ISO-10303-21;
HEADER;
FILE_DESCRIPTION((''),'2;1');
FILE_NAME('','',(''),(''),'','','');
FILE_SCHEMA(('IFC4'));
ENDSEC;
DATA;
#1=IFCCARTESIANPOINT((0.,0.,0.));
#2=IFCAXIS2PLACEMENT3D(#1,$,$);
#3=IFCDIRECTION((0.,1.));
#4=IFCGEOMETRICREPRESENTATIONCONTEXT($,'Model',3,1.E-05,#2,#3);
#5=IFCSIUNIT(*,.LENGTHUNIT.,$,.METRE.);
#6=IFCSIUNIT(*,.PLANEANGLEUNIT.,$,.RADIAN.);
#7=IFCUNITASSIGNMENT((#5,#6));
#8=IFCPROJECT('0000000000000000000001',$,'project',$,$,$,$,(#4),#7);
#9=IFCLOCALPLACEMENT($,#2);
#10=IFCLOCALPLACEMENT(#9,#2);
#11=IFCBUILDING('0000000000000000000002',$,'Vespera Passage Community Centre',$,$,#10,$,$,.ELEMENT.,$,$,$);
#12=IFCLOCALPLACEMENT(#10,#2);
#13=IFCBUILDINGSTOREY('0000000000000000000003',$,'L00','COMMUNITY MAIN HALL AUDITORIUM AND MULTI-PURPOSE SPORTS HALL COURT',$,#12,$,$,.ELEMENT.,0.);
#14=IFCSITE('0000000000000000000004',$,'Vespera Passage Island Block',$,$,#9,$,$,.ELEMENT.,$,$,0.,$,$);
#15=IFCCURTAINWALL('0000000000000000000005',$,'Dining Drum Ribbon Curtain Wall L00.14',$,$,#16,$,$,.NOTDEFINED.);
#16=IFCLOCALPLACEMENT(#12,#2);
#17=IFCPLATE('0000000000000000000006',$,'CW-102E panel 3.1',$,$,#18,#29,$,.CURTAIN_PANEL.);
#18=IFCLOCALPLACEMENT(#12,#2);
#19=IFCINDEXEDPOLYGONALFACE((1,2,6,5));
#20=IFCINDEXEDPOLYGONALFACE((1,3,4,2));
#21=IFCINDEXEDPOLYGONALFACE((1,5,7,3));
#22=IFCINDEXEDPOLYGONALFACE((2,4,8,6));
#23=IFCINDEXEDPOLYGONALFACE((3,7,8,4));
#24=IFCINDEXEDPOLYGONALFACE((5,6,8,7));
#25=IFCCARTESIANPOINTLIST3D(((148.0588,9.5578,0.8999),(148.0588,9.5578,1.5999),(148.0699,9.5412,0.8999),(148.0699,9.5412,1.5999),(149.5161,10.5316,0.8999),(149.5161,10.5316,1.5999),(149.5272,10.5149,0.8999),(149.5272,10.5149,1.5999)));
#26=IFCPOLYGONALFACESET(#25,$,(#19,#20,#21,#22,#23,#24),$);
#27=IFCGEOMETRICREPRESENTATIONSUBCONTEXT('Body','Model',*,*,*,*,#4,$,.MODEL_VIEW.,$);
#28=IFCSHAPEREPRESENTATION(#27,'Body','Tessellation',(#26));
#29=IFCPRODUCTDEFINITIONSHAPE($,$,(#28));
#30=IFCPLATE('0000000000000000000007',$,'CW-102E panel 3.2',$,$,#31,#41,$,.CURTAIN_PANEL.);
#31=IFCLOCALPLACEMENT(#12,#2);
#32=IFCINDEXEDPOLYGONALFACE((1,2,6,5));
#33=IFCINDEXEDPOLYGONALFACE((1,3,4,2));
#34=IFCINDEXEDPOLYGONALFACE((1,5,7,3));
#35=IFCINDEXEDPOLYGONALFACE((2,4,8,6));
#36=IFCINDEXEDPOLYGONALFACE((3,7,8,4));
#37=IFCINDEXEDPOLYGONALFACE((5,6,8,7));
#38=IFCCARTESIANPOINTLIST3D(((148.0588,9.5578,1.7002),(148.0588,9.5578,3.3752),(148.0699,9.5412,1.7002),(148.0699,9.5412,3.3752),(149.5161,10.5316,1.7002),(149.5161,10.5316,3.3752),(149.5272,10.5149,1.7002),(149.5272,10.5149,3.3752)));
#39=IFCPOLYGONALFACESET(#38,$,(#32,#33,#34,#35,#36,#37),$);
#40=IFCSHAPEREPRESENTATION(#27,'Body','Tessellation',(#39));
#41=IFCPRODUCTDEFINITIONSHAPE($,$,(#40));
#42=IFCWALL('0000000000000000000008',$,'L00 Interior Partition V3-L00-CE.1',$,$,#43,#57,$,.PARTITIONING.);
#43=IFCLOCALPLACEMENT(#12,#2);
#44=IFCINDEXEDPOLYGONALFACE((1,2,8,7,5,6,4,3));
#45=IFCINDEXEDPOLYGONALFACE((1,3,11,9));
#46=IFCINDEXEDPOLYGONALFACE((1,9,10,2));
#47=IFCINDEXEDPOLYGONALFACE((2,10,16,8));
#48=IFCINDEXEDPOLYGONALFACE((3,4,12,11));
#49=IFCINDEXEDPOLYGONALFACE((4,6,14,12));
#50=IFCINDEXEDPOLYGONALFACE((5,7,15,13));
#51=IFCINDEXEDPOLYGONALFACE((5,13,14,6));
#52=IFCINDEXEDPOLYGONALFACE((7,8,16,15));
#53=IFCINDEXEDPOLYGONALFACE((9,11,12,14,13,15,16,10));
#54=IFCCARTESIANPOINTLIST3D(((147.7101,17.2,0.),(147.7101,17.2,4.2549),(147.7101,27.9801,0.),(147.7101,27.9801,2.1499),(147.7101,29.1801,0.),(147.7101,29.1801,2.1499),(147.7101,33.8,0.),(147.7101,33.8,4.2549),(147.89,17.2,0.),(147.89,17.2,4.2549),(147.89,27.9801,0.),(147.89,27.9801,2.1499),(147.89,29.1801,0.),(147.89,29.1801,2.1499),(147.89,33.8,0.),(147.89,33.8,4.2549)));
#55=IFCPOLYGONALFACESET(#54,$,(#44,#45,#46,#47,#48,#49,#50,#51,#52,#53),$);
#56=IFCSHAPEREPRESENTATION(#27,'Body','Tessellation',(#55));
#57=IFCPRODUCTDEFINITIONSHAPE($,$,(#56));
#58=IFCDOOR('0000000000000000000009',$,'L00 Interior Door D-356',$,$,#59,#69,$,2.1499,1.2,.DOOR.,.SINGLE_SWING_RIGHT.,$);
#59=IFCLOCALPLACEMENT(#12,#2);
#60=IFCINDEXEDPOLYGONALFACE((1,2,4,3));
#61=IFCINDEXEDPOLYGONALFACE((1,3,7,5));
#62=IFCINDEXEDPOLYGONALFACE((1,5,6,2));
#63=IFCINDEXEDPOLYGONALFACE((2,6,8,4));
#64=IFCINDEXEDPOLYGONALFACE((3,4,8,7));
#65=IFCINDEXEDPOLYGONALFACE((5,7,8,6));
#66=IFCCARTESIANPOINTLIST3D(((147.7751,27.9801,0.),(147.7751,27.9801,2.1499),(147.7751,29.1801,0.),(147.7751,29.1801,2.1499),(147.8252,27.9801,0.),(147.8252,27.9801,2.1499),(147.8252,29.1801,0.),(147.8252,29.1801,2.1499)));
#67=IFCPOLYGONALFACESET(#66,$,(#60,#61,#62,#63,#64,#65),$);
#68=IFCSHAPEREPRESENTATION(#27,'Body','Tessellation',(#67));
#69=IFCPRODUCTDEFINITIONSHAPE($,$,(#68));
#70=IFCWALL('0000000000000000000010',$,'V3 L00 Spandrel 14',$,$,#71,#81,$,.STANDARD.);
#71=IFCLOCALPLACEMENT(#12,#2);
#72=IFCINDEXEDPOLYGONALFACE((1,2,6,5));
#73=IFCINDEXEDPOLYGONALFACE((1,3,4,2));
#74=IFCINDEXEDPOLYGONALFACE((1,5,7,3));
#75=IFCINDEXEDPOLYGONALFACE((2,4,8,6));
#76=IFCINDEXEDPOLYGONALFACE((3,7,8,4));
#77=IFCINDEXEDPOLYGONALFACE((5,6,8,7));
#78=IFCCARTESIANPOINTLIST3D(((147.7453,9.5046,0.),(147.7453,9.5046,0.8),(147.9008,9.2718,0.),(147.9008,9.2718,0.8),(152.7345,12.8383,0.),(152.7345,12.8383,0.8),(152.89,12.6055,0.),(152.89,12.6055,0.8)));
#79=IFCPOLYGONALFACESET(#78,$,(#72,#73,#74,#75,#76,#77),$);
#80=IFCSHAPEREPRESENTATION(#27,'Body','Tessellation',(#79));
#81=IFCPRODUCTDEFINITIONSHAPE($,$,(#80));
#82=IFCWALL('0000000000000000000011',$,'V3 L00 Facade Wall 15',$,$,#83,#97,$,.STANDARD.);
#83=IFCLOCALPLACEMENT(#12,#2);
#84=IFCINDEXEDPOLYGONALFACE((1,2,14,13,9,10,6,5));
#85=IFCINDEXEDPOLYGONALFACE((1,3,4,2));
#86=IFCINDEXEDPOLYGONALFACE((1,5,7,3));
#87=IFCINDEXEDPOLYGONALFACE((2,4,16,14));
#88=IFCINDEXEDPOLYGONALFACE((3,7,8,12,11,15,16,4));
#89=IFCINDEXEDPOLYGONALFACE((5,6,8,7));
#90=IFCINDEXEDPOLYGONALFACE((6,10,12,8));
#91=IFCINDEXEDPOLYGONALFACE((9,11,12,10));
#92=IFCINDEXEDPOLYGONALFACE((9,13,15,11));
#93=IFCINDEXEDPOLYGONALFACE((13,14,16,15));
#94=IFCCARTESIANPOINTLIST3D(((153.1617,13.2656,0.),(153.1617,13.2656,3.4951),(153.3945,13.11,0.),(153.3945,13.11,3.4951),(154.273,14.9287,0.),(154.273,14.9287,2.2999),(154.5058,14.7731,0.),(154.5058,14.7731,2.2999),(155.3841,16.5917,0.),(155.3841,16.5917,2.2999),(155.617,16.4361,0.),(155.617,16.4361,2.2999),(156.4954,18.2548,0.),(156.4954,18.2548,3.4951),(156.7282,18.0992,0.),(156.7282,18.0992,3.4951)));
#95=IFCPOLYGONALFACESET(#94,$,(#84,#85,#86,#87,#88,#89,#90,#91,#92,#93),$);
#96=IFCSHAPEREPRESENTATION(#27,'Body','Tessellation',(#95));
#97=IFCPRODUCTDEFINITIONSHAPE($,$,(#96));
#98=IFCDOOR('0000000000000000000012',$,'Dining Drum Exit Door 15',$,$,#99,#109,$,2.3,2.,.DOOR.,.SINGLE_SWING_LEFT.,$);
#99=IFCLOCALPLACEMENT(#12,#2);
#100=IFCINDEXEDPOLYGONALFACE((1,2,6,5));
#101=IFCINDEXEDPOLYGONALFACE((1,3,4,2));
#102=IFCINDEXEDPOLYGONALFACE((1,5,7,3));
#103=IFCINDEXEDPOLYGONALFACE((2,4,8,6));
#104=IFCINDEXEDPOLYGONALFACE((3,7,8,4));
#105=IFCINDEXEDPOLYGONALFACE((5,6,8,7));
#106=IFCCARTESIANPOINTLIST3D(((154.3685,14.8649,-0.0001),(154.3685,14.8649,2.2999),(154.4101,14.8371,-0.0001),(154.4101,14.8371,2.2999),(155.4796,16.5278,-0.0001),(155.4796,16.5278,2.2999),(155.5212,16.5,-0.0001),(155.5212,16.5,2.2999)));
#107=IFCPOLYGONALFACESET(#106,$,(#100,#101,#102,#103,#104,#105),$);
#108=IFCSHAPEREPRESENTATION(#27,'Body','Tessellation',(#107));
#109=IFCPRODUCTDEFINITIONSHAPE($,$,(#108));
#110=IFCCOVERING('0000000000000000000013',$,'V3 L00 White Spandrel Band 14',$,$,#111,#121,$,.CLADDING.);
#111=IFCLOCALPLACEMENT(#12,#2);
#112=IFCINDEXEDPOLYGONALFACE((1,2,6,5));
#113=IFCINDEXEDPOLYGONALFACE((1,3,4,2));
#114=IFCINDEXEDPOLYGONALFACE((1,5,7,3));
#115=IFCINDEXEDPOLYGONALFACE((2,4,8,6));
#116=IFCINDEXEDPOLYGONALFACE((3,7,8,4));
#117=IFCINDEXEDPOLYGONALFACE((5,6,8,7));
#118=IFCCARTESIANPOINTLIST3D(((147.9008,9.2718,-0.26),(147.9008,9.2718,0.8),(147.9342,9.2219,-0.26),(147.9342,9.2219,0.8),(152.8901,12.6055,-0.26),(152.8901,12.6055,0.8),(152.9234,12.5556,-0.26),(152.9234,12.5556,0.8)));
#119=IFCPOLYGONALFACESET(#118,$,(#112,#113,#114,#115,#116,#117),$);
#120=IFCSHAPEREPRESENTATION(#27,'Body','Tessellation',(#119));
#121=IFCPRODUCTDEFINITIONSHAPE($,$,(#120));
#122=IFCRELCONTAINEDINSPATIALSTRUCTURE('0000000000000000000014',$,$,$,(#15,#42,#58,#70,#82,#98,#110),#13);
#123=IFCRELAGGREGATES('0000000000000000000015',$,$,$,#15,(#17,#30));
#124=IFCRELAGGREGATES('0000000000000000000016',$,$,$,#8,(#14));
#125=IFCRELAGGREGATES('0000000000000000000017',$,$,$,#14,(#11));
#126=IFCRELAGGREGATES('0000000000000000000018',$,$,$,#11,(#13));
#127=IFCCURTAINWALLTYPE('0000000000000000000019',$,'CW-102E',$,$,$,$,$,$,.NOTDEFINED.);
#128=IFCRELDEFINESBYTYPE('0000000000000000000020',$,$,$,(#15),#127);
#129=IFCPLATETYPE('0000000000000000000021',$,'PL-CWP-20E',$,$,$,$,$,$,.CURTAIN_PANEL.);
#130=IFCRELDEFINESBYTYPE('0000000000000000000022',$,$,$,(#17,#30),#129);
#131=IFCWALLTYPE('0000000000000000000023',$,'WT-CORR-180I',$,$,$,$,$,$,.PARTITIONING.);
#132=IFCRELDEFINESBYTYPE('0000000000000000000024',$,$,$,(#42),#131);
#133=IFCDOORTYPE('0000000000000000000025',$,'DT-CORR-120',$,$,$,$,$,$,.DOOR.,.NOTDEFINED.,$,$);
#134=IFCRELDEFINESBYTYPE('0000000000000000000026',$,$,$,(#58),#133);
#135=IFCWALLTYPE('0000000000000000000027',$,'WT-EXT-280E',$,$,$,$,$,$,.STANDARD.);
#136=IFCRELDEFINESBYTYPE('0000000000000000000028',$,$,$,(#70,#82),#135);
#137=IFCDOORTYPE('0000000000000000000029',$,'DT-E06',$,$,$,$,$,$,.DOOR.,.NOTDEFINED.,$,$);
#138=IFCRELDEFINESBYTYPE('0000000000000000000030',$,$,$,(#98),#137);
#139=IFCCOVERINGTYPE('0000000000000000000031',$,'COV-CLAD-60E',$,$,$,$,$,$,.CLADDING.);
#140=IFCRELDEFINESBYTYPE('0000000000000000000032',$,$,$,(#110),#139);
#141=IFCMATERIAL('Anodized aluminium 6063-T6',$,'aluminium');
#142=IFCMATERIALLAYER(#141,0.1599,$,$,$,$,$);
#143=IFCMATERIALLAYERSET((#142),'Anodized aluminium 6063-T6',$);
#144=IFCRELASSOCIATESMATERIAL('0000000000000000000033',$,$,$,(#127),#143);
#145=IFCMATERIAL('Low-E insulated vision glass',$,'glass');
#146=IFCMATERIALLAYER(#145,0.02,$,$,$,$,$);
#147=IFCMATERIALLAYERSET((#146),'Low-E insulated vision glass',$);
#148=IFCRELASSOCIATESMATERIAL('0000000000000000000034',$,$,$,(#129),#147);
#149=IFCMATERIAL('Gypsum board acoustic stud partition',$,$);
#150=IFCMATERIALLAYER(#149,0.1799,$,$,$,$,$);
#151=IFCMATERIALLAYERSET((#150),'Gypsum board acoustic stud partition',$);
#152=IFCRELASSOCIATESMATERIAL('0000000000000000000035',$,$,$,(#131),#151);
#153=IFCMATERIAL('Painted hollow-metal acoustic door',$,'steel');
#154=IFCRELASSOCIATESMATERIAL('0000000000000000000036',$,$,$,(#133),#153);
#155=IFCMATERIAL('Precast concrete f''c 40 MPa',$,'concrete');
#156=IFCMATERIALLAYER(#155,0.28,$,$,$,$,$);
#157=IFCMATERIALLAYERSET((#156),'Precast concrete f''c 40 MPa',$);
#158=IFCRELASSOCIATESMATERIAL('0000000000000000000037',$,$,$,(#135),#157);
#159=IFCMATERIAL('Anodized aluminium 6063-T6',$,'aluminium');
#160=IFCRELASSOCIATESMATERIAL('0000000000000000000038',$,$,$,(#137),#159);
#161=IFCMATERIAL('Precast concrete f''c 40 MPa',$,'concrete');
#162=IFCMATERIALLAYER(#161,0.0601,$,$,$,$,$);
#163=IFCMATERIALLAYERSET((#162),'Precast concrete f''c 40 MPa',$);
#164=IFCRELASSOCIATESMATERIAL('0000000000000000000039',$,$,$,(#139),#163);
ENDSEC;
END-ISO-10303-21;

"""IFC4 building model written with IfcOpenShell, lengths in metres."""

from ifc_helpers import new_model, si_unit, direction, frame, frame_2d, origin, origin_2d, place, context, subcontext, project, spatial, rectangle, extrude, material, layer, layer_set, type_object, element, fill, aggregate, save


model = new_model("IFC4")

# Units and contexts
model_context = context("Model", 3, precision=1e-05, world=origin(), true_north=direction((0.0, 1.0)))
body_context = subcontext(model_context, "Body", "Model", "MODEL_VIEW")
ifc_project = project(units=[si_unit("LENGTHUNIT", "METRE"), si_unit("PLANEANGLEUNIT", "RADIAN")], contexts=[model_context])

# Site, building, storey
site_placement = place(None, origin())
site = spatial("IfcSite", under=ifc_project, at=site_placement, Name="Vespera Passage Island Block", CompositionType="ELEMENT", RefElevation=0.0)
building_placement = place(site_placement, origin())
building = spatial("IfcBuilding", under=site, at=building_placement, Name="Vespera Passage Community Centre", CompositionType="ELEMENT")
storey_placement = place(building_placement, origin())
storey = spatial("IfcBuildingStorey", under=building, at=storey_placement, Name="L00", Description="COMMUNITY MAIN HALL AUDITORIUM AND MULTI-PURPOSE SPORTS HALL COURT", CompositionType="ELEMENT", Elevation=0.0)

# Curtain wall, plates
ifc_material_1 = material(Name="Anodized aluminium 6063-T6", Category="aluminium")
ifc_layer_1 = layer(ifc_material_1, 0.1599)
ifc_layer_set_1 = layer_set([ifc_layer_1], Name="Anodized aluminium 6063-T6")
curtain_wall_type = type_object("IfcCurtainWallType", Name="CW-102E", PredefinedType="NOTDEFINED", material=ifc_layer_set_1)
curtain_wall_placement = place(storey_placement, origin())
curtain_wall = element("IfcCurtainWall", 1, at=curtain_wall_placement, inside=storey, type_object=curtain_wall_type, Name="Dining Drum Ribbon Curtain Wall L00.14", PredefinedType="NOTDEFINED")
ifc_material_2 = material(Name="Low-E insulated vision glass", Category="glass")
ifc_layer_2 = layer(ifc_material_2, 0.02)
ifc_layer_set_2 = layer_set([ifc_layer_2], Name="Low-E insulated vision glass")
plate_type = type_object("IfcPlateType", Name="PL-CWP-20E", PredefinedType="CURTAIN_PANEL", material=ifc_layer_set_2)
plate_1_placement = place(storey_placement, frame((148.793, 10.0364, 0.8999), z_axis=(0.0, 0.0, 1.0), x_axis=(-0.831473, -0.555565, 0.0)))
plate_1 = element("IfcPlate", 2, at=plate_1_placement, type_object=plate_type, Name="CW-102E panel 3.1", PredefinedType="CURTAIN_PANEL", context=body_context, shape_type="SweptSolid", body=[
    extrude(rectangle(XDim=1.7527, YDim=0.02, at=origin_2d()), origin(), (0.0, 0.0, 1.0), 0.7),
])
plate_2_placement = place(storey_placement, frame((148.793, 10.0364, 1.7002), z_axis=(0.0, 0.0, 1.0), x_axis=(-0.831473, -0.555565, 0.0)))
plate_2 = element("IfcPlate", 3, at=plate_2_placement, type_object=plate_type, Name="CW-102E panel 3.2", PredefinedType="CURTAIN_PANEL", context=body_context, shape_type="SweptSolid", body=[
    extrude(rectangle(XDim=1.7527, YDim=0.02, at=origin_2d()), origin(), (0.0, 0.0, 1.0), 1.675),
])
aggregate(curtain_wall, [plate_1, plate_2])

# Wall, opening, door
ifc_material_3 = material(Name="Gypsum board acoustic stud partition")
ifc_layer_3 = layer(ifc_material_3, 0.1799)
ifc_layer_set_3 = layer_set([ifc_layer_3], Name="Gypsum board acoustic stud partition")
wall_type_1 = type_object("IfcWallType", Name="WT-CORR-180I", PredefinedType="PARTITIONING", material=ifc_layer_set_3)
wall_1_placement = place(storey_placement, frame((147.8, 17.2, 0.0), z_axis=(0.0, 0.0, 1.0), x_axis=(0.0, 1.0, 0.0)))
wall_1 = element("IfcWall", 4, at=wall_1_placement, inside=storey, type_object=wall_type_1, Name="L00 Interior Partition V3-L00-CE.1", PredefinedType="PARTITIONING", context=body_context, shape_type="SweptSolid", body=[
    extrude(rectangle(XDim=16.6001, YDim=0.1799, at=frame_2d((8.3, 0.0))), origin(), (0.0, 0.0, 1.0), 4.2549),
])
opening_1_placement = place(wall_1_placement, frame((10.78, 0.0, 0.0)))
opening_1 = element("IfcOpeningElement", 5, at=opening_1_placement, cuts=wall_1, PredefinedType="OPENING", context=body_context, shape_type="SweptSolid", body=[
    extrude(rectangle(XDim=1.2, YDim=2.1499, at=frame_2d((0.6001, 1.075))), frame((0.0, 0.0999, 0.0), z_axis=(0.0, -1.0, 0.0), x_axis=(1.0, 0.0, 0.0)), (0.0, 0.0, 1.0), 0.2),
])
ifc_material_4 = material(Name="Painted hollow-metal acoustic door", Category="steel")
door_type_1 = type_object("IfcDoorType", Name="DT-CORR-120", OperationType="NOTDEFINED", PredefinedType="DOOR", material=ifc_material_4)
door_1_placement = place(opening_1_placement, origin())
door_1 = element("IfcDoor", 6, at=door_1_placement, inside=storey, type_object=door_type_1, Name="L00 Interior Door D-356", OperationType="SINGLE_SWING_RIGHT", OverallHeight=2.1499, OverallWidth=1.2, PredefinedType="DOOR", context=body_context, shape_type="SweptSolid", body=[
    extrude(rectangle(XDim=1.2, YDim=2.1499, at=frame_2d((0.6001, 1.075))), frame((0.0, 0.0249, 0.0), z_axis=(0.0, -1.0, 0.0), x_axis=(1.0, 0.0, 0.0)), (0.0, 0.0, 1.0), 0.05),
])
fill(opening_1, door_1)

# Wall
ifc_material_5 = material(Name="Precast concrete f'c 40 MPa", Category="concrete")
ifc_layer_4 = layer(ifc_material_5, 0.28)
ifc_layer_set_4 = layer_set([ifc_layer_4], Name="Precast concrete f'c 40 MPa")
wall_type_2 = type_object("IfcWallType", Name="WT-EXT-280E", PredefinedType="STANDARD", material=ifc_layer_set_4)
wall_2_placement = place(storey_placement, frame((152.8123, 12.7219, 0.0), z_axis=(0.0, 0.0, 1.0), x_axis=(-0.831468, -0.555573, 0.0)))
element("IfcWall", 7, at=wall_2_placement, inside=storey, type_object=wall_type_2, Name="V3 L00 Spandrel 14", PredefinedType="STANDARD", context=body_context, shape_type="SweptSolid", body=[
    extrude(rectangle(XDim=6.0005, YDim=0.28, at=frame_2d((3.0002, 0.0))), origin(), (0.0, 0.0, 1.0), 0.8),
])

# Wall, opening, door
wall_3_placement = place(storey_placement, frame((156.6118, 18.177, 0.0), z_axis=(0.0, 0.0, 1.0), x_axis=(-0.555573, -0.831468, 0.0)))
wall_3 = element("IfcWall", 8, at=wall_3_placement, inside=storey, type_object=wall_type_2, Name="V3 L00 Facade Wall 15", PredefinedType="STANDARD", context=body_context, shape_type="SweptSolid", body=[
    extrude(rectangle(XDim=6.0005, YDim=0.28, at=frame_2d((3.0002, 0.0))), origin(), (0.0, 0.0, 1.0), 3.4951),
])
opening_2_placement = place(wall_3_placement, frame((2.0002, 0.0, 0.0)))
opening_2 = element("IfcOpeningElement", 9, at=opening_2_placement, cuts=wall_3, PredefinedType="OPENING", context=body_context, shape_type="SweptSolid", body=[
    extrude(rectangle(XDim=2.0, YDim=2.3, at=frame_2d((1.0, 1.1499))), frame((0.0, 0.1501, 0.0), z_axis=(0.0, -1.0, 0.0), x_axis=(1.0, 0.0, 0.0)), (0.0, 0.0, 1.0), 0.3),
])
ifc_material_6 = material(Name="Anodized aluminium 6063-T6", Category="aluminium")
door_type_2 = type_object("IfcDoorType", Name="DT-E06", OperationType="NOTDEFINED", PredefinedType="DOOR", material=ifc_material_6)
door_2_placement = place(opening_2_placement, origin())
door_2 = element("IfcDoor", 10, at=door_2_placement, inside=storey, type_object=door_type_2, Name="Dining Drum Exit Door 15", OperationType="SINGLE_SWING_LEFT", OverallHeight=2.3, OverallWidth=2.0, PredefinedType="DOOR", context=body_context, shape_type="SweptSolid", body=[
    extrude(rectangle(XDim=2.0, YDim=2.3, at=frame_2d((1.0, 1.1499))), frame((0.0, 0.0249, 0.0), z_axis=(0.0, -1.0, 0.0), x_axis=(1.0, 0.0, 0.0)), (0.0, 0.0, 1.0), 0.05),
])
fill(opening_2, door_2)

# Covering
ifc_material_7 = material(Name="Precast concrete f'c 40 MPa", Category="concrete")
ifc_layer_5 = layer(ifc_material_7, 0.0601)
ifc_layer_set_5 = layer_set([ifc_layer_5], Name="Precast concrete f'c 40 MPa")
covering_type = type_object("IfcCoveringType", Name="COV-CLAD-60E", PredefinedType="CLADDING", material=ifc_layer_set_5)
covering_placement = place(storey_placement, frame((152.9067, 12.5806, -0.26), z_axis=(0.0, 0.0, 1.0), x_axis=(-0.831468, -0.555573, 0.0)))
element("IfcCovering", 11, at=covering_placement, inside=storey, type_object=covering_type, Name="V3 L00 White Spandrel Band 14", PredefinedType="CLADDING", context=body_context, shape_type="SweptSolid", body=[
    extrude(rectangle(XDim=6.0005, YDim=0.0601, at=frame_2d((3.0002, 0.0))), origin(), (0.0, 0.0, 1.0), 1.0601),
])

save(model, "model.ifc")
